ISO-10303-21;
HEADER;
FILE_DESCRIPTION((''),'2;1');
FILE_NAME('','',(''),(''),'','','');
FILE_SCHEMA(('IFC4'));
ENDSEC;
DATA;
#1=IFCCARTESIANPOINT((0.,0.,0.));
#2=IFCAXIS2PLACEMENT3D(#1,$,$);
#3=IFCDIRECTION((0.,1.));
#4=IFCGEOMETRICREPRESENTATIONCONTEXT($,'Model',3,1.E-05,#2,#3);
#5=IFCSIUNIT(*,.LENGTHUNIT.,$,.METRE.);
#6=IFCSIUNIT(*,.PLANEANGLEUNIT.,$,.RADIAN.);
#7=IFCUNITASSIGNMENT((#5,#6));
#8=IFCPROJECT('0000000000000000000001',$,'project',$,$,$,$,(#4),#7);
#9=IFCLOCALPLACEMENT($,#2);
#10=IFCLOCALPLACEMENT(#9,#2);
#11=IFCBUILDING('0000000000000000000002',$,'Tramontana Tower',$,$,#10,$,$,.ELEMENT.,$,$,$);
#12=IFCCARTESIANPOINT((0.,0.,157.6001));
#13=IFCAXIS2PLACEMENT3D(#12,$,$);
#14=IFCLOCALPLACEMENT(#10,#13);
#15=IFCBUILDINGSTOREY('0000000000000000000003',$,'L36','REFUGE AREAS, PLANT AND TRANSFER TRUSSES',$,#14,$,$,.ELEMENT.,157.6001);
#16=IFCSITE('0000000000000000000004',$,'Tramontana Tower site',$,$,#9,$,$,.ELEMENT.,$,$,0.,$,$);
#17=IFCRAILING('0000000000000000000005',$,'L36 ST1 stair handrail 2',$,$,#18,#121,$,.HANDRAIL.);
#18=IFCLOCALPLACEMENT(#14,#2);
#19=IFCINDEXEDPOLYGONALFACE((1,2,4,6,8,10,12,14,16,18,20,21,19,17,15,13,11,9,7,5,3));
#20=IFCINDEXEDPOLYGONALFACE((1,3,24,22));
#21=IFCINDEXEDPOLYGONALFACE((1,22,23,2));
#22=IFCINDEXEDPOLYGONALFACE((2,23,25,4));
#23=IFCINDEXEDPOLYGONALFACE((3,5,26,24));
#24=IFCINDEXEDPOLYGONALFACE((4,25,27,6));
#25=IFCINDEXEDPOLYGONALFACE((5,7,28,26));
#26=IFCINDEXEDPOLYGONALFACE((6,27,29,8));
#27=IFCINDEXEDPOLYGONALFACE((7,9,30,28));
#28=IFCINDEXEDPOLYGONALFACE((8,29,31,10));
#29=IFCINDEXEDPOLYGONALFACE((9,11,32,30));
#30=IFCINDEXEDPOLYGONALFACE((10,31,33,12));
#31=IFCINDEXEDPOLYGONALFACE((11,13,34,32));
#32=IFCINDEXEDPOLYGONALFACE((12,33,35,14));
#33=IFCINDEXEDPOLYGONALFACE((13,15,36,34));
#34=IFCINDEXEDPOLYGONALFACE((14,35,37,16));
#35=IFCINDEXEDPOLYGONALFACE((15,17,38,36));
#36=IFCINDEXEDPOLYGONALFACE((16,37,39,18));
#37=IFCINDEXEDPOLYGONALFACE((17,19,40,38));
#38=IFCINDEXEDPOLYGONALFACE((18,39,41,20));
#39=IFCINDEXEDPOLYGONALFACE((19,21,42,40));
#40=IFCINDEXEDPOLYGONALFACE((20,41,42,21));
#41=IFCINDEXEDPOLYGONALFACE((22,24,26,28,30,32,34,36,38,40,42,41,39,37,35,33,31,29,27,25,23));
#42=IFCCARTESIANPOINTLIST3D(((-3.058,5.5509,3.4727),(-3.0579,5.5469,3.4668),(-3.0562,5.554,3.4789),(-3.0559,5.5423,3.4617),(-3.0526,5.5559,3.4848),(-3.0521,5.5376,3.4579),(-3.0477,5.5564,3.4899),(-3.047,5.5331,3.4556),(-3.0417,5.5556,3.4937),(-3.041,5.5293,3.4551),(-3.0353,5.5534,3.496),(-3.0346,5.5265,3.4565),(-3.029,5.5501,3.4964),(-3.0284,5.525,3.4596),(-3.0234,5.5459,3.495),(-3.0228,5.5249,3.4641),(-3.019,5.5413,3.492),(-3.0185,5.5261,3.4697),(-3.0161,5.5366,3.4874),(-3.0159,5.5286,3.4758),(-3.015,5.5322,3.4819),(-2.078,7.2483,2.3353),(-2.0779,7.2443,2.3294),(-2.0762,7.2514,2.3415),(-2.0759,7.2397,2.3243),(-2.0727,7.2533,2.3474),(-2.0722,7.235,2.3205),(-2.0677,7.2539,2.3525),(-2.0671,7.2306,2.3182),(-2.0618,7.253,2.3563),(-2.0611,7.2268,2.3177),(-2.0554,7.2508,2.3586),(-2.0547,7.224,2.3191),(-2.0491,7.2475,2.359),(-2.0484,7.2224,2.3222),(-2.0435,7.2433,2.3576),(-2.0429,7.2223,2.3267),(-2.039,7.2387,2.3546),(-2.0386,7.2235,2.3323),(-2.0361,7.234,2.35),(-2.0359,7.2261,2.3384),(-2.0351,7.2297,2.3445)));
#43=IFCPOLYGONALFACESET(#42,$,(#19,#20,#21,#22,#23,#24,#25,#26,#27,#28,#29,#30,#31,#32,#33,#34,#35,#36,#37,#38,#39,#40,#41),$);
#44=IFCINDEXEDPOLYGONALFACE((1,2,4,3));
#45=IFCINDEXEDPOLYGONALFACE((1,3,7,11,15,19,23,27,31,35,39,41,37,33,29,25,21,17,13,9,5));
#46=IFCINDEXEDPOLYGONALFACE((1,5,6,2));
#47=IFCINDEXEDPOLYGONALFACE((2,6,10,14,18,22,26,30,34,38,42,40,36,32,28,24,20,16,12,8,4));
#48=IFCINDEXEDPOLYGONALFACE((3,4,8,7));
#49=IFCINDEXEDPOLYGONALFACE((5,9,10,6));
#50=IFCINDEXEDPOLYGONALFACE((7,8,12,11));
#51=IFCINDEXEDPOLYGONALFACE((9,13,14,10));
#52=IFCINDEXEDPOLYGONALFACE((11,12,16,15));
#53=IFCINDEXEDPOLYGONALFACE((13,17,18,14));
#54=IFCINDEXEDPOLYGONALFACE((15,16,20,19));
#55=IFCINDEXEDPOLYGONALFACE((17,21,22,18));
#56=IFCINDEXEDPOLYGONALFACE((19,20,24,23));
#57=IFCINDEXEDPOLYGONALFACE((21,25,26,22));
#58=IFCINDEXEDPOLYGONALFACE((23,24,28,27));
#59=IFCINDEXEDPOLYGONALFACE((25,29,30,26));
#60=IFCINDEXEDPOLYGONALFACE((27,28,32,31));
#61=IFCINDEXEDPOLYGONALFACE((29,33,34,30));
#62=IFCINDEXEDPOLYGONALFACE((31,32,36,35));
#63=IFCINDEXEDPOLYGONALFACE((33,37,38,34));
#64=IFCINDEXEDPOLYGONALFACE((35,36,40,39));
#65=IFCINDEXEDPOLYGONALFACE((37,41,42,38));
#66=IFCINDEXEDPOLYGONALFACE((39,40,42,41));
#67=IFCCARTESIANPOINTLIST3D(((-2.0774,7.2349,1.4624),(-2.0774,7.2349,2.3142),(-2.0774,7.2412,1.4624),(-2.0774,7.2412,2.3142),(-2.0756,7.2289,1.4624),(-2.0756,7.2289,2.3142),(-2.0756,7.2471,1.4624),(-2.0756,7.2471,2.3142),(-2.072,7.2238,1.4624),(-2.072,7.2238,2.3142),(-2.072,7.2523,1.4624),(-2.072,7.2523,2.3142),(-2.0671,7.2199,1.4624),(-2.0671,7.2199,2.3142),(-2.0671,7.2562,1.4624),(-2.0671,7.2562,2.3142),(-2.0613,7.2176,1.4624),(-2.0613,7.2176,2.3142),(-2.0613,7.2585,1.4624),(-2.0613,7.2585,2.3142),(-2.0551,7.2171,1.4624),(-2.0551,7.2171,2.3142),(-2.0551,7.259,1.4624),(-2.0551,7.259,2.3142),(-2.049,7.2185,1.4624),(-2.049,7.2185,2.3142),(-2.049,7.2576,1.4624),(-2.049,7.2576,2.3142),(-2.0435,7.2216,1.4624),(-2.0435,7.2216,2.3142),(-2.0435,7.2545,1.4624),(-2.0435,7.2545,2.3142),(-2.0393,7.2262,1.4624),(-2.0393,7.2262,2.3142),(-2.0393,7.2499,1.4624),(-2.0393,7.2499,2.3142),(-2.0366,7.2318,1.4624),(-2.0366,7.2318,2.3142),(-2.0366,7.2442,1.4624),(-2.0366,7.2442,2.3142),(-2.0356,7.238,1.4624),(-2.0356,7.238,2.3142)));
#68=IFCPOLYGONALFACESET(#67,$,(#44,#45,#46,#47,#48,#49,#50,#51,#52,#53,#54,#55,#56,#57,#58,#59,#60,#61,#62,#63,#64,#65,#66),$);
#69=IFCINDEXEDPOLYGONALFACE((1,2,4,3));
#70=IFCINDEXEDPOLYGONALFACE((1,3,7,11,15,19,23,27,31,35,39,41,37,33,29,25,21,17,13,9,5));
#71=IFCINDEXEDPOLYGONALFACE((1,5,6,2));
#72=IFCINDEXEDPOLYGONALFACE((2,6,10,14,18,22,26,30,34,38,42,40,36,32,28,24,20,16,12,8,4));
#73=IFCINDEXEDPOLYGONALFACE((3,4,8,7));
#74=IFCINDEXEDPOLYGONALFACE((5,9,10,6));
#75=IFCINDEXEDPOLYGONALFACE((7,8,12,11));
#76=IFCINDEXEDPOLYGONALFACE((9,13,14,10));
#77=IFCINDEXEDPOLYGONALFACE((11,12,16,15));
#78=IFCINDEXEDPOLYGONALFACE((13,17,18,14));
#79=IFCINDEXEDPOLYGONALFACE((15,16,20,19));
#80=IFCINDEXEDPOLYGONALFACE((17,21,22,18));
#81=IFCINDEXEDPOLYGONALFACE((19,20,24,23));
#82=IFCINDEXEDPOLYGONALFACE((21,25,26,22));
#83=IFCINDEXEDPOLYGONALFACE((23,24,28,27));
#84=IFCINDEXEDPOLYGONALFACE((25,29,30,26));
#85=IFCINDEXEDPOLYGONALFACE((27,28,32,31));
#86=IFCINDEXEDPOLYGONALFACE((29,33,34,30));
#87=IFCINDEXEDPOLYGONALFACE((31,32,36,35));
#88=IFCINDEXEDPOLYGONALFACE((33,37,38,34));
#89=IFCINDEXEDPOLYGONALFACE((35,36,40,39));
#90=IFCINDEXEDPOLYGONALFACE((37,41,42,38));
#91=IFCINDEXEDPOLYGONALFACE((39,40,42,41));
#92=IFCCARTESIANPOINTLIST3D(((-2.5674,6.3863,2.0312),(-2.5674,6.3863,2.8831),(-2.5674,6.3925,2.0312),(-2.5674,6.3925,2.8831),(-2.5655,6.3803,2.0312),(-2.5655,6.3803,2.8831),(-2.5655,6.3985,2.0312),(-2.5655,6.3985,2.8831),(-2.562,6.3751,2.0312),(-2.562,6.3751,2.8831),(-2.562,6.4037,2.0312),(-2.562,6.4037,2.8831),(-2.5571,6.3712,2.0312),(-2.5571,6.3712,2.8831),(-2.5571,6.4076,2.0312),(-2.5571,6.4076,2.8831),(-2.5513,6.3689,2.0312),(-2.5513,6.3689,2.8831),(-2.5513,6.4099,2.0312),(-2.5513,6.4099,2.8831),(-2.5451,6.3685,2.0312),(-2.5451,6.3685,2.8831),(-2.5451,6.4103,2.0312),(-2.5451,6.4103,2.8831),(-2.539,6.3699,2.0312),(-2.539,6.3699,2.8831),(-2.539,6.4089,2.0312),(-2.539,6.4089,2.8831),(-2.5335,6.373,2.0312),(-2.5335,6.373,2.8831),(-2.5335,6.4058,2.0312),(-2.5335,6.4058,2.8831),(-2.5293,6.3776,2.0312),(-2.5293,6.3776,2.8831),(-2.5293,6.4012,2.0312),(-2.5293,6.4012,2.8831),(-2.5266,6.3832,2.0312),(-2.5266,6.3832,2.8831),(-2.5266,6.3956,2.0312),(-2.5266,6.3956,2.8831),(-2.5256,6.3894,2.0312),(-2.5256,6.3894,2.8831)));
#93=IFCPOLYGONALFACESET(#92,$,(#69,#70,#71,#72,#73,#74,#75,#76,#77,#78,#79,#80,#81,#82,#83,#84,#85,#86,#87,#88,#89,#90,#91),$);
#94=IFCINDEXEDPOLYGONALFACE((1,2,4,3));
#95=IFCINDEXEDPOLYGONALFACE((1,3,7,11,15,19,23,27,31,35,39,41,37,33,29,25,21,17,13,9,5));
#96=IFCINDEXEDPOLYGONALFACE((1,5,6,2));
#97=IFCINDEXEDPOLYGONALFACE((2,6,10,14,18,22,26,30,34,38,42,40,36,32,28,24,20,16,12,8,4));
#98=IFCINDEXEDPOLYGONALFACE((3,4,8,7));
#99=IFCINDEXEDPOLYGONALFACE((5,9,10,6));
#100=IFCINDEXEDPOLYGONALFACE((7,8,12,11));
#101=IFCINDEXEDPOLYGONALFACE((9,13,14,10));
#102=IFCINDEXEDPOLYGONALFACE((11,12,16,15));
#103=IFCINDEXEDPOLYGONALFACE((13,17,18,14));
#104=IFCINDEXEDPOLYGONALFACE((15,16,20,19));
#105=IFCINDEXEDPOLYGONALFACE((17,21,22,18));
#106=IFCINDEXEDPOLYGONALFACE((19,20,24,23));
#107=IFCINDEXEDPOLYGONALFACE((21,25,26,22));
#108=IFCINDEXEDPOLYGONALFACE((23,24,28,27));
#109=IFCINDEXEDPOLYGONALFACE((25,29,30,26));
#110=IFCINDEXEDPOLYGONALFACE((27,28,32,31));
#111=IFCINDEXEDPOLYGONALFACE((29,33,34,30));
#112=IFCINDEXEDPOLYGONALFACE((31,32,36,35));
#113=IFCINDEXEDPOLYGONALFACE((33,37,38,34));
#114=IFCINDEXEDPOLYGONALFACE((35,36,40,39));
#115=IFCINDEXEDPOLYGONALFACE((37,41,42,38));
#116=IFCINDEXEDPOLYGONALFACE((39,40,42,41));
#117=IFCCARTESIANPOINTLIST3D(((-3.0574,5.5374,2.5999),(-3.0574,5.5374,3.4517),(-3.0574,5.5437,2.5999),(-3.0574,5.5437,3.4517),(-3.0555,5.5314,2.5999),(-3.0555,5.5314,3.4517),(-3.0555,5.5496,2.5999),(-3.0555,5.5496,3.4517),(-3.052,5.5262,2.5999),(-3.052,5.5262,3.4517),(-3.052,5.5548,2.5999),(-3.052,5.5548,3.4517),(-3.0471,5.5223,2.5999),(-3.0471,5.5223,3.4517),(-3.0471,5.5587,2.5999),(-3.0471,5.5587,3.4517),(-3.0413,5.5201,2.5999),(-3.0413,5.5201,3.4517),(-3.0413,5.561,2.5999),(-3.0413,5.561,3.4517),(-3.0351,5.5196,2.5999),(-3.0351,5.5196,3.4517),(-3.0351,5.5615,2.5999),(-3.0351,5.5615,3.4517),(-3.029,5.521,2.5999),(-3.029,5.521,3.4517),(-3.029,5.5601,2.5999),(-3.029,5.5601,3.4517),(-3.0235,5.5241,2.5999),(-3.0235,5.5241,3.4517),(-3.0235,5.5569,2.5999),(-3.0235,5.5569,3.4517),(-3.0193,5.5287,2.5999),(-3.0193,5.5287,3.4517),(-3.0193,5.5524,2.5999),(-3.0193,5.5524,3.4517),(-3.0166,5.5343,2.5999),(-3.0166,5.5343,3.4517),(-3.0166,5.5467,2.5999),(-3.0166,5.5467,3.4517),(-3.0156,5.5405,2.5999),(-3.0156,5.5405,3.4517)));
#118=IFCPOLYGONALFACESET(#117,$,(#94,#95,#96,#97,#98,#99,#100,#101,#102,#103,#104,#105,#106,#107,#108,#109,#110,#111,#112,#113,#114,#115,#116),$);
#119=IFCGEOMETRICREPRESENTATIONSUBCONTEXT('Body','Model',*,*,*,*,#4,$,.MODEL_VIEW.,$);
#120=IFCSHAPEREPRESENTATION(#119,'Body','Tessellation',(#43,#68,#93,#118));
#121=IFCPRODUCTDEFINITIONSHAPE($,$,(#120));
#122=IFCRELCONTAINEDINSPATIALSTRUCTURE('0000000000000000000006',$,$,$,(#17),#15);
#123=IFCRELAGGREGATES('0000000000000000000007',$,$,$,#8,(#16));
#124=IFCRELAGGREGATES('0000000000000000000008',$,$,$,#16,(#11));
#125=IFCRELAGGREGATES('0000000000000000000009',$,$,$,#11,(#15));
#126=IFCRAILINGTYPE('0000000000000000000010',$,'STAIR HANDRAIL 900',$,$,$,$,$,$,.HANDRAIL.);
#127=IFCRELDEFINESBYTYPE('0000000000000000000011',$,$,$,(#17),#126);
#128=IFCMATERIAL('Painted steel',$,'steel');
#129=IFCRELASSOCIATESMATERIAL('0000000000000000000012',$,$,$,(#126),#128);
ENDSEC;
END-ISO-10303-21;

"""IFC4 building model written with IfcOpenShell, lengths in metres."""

from ifc_helpers import new_model, si_unit, direction, frame, origin, origin_2d, place, context, subcontext, project, spatial, circle, extrude, material, type_object, element, save


model = new_model("IFC4")

# Units and contexts
model_context = context("Model", 3, precision=1e-05, world=origin(), true_north=direction((0.0, 1.0)))
body_context = subcontext(model_context, "Body", "Model", "MODEL_VIEW")
ifc_project = project(units=[si_unit("LENGTHUNIT", "METRE"), si_unit("PLANEANGLEUNIT", "RADIAN")], contexts=[model_context])

# Site, building, storey
site_placement = place(None, origin())
site = spatial("IfcSite", under=ifc_project, at=site_placement, Name="Tramontana Tower site", CompositionType="ELEMENT", RefElevation=0.0)
building_placement = place(site_placement, origin())
building = spatial("IfcBuilding", under=site, at=building_placement, Name="Tramontana Tower", CompositionType="ELEMENT")
storey_placement = place(building_placement, frame((0.0, 0.0, 157.6001)))
storey = spatial("IfcBuildingStorey", under=building, at=storey_placement, Name="L36", Description="REFUGE AREAS, PLANT AND TRANSFER TRUSSES", CompositionType="ELEMENT", Elevation=157.6001)

# Railing
ifc_material_1 = material(Name="Painted steel", Category="steel")
railing_type_1 = type_object("IfcRailingType", Name="STAIR HANDRAIL 900", PredefinedType="HANDRAIL", material=ifc_material_1)
for number, where, name in (
    (1, (-2.0566, 7.238, 1.4624), "L36 ST1 stair handrail 2"),
):
    element("IfcRailing", number, at=place(storey_placement, frame(where)), inside=storey, type_object=railing_type_1, Name=name, PredefinedType="HANDRAIL", context=body_context, shape_type="SweptSolid", body=[
        extrude(circle(Radius=0.0239, at=origin_2d()), frame((0.0, 0.0, 0.876), z_axis=(-0.432432, -0.749053, 0.501918), x_axis=(0.866042, -0.49997, 0.0)), (0.0, 0.0, 1.0), 2.2661),
        extrude(circle(Radius=0.021, at=origin_2d()), origin(), (0.0, 0.0, 1.0), 0.8518),
        extrude(circle(Radius=0.021, at=origin_2d()), frame((-0.49, -0.8486, 0.5688)), (0.0, 0.0, 1.0), 0.8518),
        extrude(circle(Radius=0.021, at=origin_2d()), frame((-0.98, -1.6975, 1.1375)), (0.0, 0.0, 1.0), 0.8518),
    ])

save(model, "model.ifc")
